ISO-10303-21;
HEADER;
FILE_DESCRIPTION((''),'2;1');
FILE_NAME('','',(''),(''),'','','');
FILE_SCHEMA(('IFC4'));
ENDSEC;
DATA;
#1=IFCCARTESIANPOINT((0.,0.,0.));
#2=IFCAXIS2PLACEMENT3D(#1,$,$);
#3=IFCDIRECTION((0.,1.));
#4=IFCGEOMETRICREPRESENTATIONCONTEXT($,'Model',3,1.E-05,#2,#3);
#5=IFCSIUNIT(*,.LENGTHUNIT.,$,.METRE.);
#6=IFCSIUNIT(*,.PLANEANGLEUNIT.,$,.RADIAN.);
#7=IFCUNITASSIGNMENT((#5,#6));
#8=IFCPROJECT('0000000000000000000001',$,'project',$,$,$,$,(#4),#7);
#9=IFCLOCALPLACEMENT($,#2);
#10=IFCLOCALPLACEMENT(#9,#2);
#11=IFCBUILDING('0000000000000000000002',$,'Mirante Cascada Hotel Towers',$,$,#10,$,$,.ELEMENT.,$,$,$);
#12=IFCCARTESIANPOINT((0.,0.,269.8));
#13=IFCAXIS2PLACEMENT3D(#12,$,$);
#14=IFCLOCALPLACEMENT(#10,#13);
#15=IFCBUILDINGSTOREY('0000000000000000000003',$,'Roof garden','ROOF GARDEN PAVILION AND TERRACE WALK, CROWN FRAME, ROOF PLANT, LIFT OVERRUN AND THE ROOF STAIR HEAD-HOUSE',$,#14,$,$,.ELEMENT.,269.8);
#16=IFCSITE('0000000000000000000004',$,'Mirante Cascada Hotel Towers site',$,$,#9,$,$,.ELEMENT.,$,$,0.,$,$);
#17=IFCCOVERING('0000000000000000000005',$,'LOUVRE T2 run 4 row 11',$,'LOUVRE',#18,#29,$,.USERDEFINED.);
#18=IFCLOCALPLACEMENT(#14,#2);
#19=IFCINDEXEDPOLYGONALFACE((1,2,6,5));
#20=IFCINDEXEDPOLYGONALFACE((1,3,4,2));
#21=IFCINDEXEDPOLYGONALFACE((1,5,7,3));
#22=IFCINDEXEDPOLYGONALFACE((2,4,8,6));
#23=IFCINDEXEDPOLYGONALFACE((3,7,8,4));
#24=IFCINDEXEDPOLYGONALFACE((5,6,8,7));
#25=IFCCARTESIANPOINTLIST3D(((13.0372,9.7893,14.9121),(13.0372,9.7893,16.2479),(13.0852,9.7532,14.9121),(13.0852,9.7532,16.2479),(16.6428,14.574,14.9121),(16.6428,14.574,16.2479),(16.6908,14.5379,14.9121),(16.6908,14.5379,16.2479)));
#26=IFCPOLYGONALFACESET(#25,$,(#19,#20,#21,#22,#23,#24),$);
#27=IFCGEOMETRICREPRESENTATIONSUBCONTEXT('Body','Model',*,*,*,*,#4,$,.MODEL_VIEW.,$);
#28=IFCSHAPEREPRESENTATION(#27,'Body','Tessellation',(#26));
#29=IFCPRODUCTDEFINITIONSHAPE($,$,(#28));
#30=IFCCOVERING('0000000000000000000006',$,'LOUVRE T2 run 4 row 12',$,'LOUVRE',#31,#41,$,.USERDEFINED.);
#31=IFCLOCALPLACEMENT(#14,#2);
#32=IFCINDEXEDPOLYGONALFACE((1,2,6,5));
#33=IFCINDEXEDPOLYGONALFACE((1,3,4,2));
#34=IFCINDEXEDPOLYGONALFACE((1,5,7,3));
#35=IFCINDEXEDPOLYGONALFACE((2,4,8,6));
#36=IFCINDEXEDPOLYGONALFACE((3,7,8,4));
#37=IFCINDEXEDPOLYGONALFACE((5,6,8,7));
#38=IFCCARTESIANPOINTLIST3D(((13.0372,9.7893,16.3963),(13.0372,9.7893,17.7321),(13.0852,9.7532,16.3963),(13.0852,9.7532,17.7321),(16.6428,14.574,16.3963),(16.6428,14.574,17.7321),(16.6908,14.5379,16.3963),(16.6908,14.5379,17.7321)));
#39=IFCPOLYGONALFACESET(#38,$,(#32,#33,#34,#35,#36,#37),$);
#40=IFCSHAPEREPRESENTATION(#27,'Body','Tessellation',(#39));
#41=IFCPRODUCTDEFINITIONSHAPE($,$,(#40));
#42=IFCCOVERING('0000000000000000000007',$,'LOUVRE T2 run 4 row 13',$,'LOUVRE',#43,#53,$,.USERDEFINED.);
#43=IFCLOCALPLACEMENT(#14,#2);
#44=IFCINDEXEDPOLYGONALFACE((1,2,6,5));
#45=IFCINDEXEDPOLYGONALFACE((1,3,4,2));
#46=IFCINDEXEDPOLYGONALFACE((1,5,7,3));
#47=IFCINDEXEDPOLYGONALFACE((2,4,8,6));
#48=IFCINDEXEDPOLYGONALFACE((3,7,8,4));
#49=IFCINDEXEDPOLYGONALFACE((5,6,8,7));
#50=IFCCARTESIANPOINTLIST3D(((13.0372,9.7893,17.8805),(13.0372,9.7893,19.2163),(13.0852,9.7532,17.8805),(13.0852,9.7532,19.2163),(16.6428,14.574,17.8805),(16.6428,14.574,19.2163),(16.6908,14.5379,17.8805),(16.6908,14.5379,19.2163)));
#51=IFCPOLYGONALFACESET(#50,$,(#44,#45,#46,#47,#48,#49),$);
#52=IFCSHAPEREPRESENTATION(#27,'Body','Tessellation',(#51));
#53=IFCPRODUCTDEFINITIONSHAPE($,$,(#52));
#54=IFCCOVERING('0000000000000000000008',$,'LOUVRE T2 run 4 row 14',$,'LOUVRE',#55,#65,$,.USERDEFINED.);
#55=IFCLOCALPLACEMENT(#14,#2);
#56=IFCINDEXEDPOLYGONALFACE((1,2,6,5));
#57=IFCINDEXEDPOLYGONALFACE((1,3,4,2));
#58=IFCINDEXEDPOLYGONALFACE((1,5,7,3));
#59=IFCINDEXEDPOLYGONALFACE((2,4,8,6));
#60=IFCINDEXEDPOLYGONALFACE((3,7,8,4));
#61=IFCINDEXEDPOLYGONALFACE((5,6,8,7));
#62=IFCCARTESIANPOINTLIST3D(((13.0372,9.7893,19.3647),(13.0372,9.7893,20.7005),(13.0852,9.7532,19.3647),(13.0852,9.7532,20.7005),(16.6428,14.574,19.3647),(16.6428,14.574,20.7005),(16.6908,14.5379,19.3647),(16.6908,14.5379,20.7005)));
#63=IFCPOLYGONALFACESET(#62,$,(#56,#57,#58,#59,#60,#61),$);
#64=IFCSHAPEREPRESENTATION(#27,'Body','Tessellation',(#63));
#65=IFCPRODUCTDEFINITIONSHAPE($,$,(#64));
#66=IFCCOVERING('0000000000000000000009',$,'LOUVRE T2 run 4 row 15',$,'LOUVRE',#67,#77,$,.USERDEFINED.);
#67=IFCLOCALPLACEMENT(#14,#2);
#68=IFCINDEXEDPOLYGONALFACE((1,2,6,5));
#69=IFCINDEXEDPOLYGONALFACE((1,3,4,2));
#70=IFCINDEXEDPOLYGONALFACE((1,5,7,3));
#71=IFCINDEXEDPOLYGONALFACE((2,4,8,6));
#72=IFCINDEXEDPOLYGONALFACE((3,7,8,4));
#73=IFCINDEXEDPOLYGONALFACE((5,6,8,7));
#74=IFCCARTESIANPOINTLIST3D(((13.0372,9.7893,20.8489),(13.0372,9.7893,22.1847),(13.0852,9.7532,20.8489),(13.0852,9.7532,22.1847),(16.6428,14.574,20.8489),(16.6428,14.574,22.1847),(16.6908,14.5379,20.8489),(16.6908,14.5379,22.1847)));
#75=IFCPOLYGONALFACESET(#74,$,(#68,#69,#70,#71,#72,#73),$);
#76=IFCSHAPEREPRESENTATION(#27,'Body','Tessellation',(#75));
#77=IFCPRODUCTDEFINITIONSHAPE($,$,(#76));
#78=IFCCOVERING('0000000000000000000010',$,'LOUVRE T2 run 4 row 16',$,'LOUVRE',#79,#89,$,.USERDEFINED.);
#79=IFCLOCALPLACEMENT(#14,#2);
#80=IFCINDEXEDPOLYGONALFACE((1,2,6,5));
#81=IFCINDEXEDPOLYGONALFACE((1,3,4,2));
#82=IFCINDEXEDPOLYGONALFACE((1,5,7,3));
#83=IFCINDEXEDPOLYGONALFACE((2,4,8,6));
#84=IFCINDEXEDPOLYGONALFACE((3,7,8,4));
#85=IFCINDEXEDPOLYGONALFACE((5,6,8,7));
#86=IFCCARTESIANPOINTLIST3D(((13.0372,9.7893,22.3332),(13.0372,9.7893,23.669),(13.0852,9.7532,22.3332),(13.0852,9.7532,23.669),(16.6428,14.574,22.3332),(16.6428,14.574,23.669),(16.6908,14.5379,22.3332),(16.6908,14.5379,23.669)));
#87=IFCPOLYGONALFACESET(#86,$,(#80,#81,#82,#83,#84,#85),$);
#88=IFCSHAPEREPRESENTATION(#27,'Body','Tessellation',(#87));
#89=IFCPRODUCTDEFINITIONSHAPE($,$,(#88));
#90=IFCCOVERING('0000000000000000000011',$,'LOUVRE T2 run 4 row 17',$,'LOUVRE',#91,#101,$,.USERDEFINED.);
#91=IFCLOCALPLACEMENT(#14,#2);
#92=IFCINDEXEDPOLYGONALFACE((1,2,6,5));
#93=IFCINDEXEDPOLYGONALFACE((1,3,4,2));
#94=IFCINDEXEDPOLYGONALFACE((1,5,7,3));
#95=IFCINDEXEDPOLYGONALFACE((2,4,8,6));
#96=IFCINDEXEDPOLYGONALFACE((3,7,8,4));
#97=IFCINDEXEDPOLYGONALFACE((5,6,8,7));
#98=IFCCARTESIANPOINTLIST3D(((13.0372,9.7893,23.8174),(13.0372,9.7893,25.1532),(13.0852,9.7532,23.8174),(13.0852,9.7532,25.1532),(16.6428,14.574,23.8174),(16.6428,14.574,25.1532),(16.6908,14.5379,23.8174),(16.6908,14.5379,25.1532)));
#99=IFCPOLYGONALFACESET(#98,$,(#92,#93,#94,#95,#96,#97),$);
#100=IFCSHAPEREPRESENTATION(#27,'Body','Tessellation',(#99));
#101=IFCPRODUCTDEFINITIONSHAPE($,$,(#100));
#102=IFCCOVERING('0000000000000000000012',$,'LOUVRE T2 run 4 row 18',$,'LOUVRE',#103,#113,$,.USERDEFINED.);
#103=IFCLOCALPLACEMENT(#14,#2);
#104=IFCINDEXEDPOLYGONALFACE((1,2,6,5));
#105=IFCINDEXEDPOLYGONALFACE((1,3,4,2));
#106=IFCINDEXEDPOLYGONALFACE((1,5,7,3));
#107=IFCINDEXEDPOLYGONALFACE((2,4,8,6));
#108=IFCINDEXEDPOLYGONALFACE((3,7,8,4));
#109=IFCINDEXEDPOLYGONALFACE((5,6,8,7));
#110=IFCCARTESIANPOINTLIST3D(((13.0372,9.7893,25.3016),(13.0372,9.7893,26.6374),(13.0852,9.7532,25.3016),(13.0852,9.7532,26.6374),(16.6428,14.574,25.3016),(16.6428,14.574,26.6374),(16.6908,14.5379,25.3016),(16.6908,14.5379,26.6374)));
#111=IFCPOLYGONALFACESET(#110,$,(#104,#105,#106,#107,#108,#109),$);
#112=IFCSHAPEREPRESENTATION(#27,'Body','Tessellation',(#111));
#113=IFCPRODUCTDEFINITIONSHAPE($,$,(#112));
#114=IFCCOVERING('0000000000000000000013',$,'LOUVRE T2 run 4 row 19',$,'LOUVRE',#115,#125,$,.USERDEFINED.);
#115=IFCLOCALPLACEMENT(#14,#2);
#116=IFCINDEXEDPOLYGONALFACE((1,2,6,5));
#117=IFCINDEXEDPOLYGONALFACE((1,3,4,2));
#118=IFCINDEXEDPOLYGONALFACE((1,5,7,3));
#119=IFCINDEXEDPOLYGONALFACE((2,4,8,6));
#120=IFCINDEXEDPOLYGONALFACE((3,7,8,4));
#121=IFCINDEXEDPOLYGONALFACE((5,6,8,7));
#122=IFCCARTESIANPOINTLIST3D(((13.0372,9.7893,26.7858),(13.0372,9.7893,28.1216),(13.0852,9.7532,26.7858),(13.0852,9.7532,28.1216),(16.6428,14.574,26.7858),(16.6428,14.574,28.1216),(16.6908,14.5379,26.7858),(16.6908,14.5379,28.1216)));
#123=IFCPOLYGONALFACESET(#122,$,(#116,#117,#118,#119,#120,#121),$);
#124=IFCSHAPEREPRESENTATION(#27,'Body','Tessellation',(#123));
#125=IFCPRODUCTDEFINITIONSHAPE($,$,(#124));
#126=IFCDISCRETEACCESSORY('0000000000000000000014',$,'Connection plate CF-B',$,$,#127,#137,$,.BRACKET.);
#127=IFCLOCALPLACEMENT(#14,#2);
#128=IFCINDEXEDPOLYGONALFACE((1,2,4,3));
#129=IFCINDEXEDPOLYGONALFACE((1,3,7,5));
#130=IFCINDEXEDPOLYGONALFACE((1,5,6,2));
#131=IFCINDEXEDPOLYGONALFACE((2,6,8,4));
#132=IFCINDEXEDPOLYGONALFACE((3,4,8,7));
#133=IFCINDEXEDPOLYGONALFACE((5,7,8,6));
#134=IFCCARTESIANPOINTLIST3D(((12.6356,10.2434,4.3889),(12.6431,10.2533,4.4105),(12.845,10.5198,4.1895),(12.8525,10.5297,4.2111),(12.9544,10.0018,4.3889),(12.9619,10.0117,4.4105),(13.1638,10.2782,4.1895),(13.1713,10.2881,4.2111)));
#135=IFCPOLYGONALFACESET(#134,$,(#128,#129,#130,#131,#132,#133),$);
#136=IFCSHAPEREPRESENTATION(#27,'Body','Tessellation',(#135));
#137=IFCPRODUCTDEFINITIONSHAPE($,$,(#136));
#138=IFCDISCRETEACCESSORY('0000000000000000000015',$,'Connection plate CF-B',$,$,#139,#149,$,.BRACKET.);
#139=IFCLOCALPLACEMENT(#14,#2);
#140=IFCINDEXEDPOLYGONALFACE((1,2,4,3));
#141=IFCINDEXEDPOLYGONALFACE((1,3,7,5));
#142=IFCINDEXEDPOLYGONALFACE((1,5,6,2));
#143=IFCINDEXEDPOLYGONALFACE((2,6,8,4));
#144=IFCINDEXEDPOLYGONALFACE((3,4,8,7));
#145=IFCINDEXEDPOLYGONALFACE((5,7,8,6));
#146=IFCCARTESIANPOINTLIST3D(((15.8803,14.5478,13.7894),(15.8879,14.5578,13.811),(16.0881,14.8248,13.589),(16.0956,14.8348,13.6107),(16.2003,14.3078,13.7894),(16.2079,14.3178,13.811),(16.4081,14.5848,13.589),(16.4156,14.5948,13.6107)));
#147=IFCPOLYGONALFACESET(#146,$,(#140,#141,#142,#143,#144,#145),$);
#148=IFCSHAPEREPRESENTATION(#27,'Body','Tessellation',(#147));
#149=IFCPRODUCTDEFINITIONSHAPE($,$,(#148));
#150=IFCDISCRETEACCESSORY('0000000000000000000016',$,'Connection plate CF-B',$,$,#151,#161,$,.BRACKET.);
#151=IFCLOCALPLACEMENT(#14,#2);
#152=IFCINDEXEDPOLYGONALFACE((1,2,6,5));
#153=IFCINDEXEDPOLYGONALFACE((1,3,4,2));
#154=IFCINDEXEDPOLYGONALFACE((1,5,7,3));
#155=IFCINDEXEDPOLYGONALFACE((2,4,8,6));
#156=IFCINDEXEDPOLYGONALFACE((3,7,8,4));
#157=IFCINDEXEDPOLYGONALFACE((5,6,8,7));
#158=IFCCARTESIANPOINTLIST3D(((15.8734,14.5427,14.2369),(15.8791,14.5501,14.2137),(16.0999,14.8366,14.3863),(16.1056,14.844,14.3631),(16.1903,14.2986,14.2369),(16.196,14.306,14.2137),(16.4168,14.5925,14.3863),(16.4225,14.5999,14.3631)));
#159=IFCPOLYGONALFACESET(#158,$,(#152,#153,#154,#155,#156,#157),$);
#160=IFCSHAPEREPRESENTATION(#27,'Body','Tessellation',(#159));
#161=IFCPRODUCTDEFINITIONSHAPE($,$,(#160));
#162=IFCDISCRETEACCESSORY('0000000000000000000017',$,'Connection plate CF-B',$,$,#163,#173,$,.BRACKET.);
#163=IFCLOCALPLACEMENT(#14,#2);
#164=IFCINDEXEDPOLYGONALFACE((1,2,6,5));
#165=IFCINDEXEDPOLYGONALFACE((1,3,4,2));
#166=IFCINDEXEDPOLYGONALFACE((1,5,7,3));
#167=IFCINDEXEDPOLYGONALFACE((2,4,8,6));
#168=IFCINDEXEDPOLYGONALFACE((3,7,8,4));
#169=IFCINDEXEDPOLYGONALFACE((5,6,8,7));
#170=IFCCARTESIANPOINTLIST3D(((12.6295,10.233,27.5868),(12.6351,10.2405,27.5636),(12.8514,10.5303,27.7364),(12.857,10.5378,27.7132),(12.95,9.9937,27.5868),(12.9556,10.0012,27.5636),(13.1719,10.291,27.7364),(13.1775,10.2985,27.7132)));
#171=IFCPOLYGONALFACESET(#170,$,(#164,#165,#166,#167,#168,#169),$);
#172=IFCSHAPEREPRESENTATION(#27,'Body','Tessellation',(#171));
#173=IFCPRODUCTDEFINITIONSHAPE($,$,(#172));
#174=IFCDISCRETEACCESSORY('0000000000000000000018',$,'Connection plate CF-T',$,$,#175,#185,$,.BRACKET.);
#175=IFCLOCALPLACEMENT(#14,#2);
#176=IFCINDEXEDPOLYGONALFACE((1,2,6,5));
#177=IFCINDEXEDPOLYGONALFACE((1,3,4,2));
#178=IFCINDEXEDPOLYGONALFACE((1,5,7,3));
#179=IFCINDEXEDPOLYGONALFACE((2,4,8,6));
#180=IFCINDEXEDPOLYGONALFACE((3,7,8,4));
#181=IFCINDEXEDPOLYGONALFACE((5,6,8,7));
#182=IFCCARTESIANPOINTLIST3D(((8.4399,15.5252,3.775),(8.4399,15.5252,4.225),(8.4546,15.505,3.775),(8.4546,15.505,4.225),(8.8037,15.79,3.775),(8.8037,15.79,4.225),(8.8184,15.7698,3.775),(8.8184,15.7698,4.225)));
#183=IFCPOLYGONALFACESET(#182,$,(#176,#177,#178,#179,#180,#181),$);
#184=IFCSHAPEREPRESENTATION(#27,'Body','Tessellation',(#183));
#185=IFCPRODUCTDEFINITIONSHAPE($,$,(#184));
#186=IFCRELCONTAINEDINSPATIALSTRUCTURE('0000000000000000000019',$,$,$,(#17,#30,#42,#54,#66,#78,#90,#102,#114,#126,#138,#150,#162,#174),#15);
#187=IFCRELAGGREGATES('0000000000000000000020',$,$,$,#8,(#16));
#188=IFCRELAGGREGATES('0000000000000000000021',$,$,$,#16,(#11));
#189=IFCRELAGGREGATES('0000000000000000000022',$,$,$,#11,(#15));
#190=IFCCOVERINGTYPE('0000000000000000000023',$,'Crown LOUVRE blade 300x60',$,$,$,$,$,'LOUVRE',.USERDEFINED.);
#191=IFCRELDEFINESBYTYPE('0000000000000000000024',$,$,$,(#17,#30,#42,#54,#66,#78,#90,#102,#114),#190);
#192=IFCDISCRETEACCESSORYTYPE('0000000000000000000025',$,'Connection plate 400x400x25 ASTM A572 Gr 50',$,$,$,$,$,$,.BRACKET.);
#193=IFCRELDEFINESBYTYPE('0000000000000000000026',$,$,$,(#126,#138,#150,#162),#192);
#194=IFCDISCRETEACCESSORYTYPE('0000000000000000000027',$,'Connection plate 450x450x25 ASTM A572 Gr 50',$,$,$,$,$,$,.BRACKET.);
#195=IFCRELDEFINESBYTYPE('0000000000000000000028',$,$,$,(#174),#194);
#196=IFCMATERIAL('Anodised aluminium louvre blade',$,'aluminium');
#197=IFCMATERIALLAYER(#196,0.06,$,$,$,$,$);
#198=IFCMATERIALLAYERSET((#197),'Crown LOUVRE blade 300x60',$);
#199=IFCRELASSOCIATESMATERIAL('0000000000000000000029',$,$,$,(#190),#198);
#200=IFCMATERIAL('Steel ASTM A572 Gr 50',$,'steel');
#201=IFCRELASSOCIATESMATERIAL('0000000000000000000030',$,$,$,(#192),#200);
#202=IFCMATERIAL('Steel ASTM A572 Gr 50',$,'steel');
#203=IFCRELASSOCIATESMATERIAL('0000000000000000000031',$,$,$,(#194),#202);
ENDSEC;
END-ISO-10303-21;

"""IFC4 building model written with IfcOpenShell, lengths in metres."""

from ifc_helpers import new_model, si_unit, direction, frame, origin, origin_2d, place, context, subcontext, project, spatial, rectangle, extrude, material, layer, layer_set, material_profile, profile_set, type_object, element, save


model = new_model("IFC4")

# Units and contexts
model_context = context("Model", 3, precision=1e-05, world=origin(), true_north=direction((0.0, 1.0)))
body_context = subcontext(model_context, "Body", "Model", "MODEL_VIEW")
ifc_project = project(units=[si_unit("LENGTHUNIT", "METRE"), si_unit("PLANEANGLEUNIT", "RADIAN")], contexts=[model_context])

# Site, building, storey
site_placement = place(None, origin())
site = spatial("IfcSite", under=ifc_project, at=site_placement, Name="Mirante Cascada Hotel Towers site", CompositionType="ELEMENT", RefElevation=0.0)
building_placement = place(site_placement, origin())
building = spatial("IfcBuilding", under=site, at=building_placement, Name="Mirante Cascada Hotel Towers", CompositionType="ELEMENT")
storey_placement = place(building_placement, frame((0.0, 0.0, 269.8)))
storey = spatial("IfcBuildingStorey", under=building, at=storey_placement, Name="Roof garden", Description="ROOF GARDEN PAVILION AND TERRACE WALK, CROWN FRAME, ROOF PLANT, LIFT OVERRUN AND THE ROOF STAIR HEAD-HOUSE", CompositionType="ELEMENT", Elevation=269.8)

# Coverings
ifc_material_1 = material(Name="Anodised aluminium louvre blade", Category="aluminium")
ifc_layer_1 = layer(ifc_material_1, 0.06)
ifc_layer_set_1 = layer_set([ifc_layer_1], Name="Crown LOUVRE blade 300x60")
covering_type = type_object("IfcCoveringType", Name="Crown LOUVRE blade 300x60", ElementType="LOUVRE", PredefinedType="USERDEFINED", material=ifc_layer_set_1)
for number, where, z_axis, x_axis, name in (
    (1, (14.864, 12.1636, 14.9121), (0.0, 0.0, 1.0), (0.601815, 0.798636, 0.0), "LOUVRE T2 run 4 row 11"),
    (2, (14.864, 12.1636, 16.3963), (0.0, 0.0, 1.0), (0.601815, 0.798636, 0.0), "LOUVRE T2 run 4 row 12"),
    (3, (14.864, 12.1636, 17.8805), (0.0, 0.0, 1.0), (0.601815, 0.798636, 0.0), "LOUVRE T2 run 4 row 13"),
    (4, (14.864, 12.1636, 19.3647), (0.0, 0.0, 1.0), (0.601815, 0.798636, 0.0), "LOUVRE T2 run 4 row 14"),
    (5, (14.864, 12.1636, 20.8489), (0.0, 0.0, 1.0), (0.601815, 0.798636, 0.0), "LOUVRE T2 run 4 row 15"),
    (6, (14.864, 12.1636, 22.3332), (0.0, 0.0, 1.0), (0.601815, 0.798636, 0.0), "LOUVRE T2 run 4 row 16"),
    (7, (14.864, 12.1636, 23.8174), (0.0, 0.0, 1.0), (0.601815, 0.798636, 0.0), "LOUVRE T2 run 4 row 17"),
    (8, (14.864, 12.1636, 25.3016), (0.0, 0.0, 1.0), (0.601815, 0.798636, 0.0), "LOUVRE T2 run 4 row 18"),
    (9, (14.864, 12.1636, 26.7858), (0.0, 0.0, 1.0), (0.601815, 0.798636, 0.0), "LOUVRE T2 run 4 row 19"),
):
    element("IfcCovering", number, at=place(storey_placement, frame(where, z_axis=z_axis, x_axis=x_axis)), inside=storey, type_object=covering_type, Name=name, ObjectType="LOUVRE", PredefinedType="USERDEFINED", context=body_context, shape_type="SweptSolid", body=[
        extrude(rectangle(XDim=5.9912, YDim=0.06, at=origin_2d()), origin(), (0.0, 0.0, 1.0), 1.3358),
    ])

# Discrete accessories
ifc_material_2 = material(Name="Steel ASTM A572 Gr 50", Category="steel")
ifc_material_profile_1 = material_profile(ifc_material_2, rectangle(XDim=0.4, YDim=0.4, at=origin_2d()), Name="Connection plate 400x400x25 ASTM A572 Gr 50")
ifc_profile_set_1 = profile_set([ifc_material_profile_1], Name="Steel ASTM A572 Gr 50")
discrete_accessory_type_1 = type_object("IfcDiscreteAccessoryType", Name="Connection plate 400x400x25 ASTM A572 Gr 50", PredefinedType="BRACKET", material=ifc_profile_set_1)
discrete_accessory_1_placement = place(storey_placement, frame((12.8997, 10.2608, 4.2892), z_axis=(0.301008, 0.397331, 0.866904), x_axis=(-0.797092, 0.603858, 0.0)))
element("IfcDiscreteAccessory", 10, at=discrete_accessory_1_placement, inside=storey, type_object=discrete_accessory_type_1, Name="Connection plate CF-B", PredefinedType="BRACKET", context=body_context, shape_type="SweptSolid", body=[
    extrude(rectangle(XDim=0.4, YDim=0.4, at=origin_2d()), origin(), (0.0, 0.0, 1.0), 0.0249),
])
for number, where, z_axis, x_axis, name in (
    (11, (16.1442, 14.5663, 13.6892), (0.300527, 0.400703, 0.865518), (-0.8, 0.6, 0.0), "Connection plate CF-B"),
    (12, (16.1508, 14.575, 14.2884), (-0.227911, -0.295884, 0.927636), (0.792226, -0.610228, 0.0), "Connection plate CF-B"),
    (13, (12.9063, 10.2695, 27.6384), (-0.223848, -0.299796, 0.92737), (0.80128, -0.598289, 0.0), "Connection plate CF-B"),
):
    element("IfcDiscreteAccessory", number, at=place(storey_placement, frame(where, z_axis=z_axis, x_axis=x_axis)), inside=storey, type_object=discrete_accessory_type_1, Name=name, PredefinedType="BRACKET", context=body_context, shape_type="SweptSolid", body=[
        extrude(rectangle(XDim=0.4, YDim=0.4, at=origin_2d()), origin(), (0.0, 0.0, 1.0), 0.025),
    ])
ifc_material_3 = material(Name="Steel ASTM A572 Gr 50", Category="steel")
ifc_material_profile_2 = material_profile(ifc_material_3, rectangle(XDim=0.45, YDim=0.45, at=origin_2d()), Name="Connection plate 450x450x25 ASTM A572 Gr 50")
ifc_profile_set_2 = profile_set([ifc_material_profile_2], Name="Steel ASTM A572 Gr 50")
discrete_accessory_type_2 = type_object("IfcDiscreteAccessoryType", Name="Connection plate 450x450x25 ASTM A572 Gr 50", PredefinedType="BRACKET", material=ifc_profile_set_2)
discrete_accessory_2_placement = place(storey_placement, frame((8.6218, 15.6576, 4.0), z_axis=(0.58841, -0.808563, 0.0), x_axis=(0.808563, 0.58841, 0.0)))
element("IfcDiscreteAccessory", 14, at=discrete_accessory_2_placement, inside=storey, type_object=discrete_accessory_type_2, Name="Connection plate CF-T", PredefinedType="BRACKET", context=body_context, shape_type="SweptSolid", body=[
    extrude(rectangle(XDim=0.45, YDim=0.45, at=origin_2d()), origin(), (0.0, 0.0, 1.0), 0.025),
])

save(model, "model.ifc")
